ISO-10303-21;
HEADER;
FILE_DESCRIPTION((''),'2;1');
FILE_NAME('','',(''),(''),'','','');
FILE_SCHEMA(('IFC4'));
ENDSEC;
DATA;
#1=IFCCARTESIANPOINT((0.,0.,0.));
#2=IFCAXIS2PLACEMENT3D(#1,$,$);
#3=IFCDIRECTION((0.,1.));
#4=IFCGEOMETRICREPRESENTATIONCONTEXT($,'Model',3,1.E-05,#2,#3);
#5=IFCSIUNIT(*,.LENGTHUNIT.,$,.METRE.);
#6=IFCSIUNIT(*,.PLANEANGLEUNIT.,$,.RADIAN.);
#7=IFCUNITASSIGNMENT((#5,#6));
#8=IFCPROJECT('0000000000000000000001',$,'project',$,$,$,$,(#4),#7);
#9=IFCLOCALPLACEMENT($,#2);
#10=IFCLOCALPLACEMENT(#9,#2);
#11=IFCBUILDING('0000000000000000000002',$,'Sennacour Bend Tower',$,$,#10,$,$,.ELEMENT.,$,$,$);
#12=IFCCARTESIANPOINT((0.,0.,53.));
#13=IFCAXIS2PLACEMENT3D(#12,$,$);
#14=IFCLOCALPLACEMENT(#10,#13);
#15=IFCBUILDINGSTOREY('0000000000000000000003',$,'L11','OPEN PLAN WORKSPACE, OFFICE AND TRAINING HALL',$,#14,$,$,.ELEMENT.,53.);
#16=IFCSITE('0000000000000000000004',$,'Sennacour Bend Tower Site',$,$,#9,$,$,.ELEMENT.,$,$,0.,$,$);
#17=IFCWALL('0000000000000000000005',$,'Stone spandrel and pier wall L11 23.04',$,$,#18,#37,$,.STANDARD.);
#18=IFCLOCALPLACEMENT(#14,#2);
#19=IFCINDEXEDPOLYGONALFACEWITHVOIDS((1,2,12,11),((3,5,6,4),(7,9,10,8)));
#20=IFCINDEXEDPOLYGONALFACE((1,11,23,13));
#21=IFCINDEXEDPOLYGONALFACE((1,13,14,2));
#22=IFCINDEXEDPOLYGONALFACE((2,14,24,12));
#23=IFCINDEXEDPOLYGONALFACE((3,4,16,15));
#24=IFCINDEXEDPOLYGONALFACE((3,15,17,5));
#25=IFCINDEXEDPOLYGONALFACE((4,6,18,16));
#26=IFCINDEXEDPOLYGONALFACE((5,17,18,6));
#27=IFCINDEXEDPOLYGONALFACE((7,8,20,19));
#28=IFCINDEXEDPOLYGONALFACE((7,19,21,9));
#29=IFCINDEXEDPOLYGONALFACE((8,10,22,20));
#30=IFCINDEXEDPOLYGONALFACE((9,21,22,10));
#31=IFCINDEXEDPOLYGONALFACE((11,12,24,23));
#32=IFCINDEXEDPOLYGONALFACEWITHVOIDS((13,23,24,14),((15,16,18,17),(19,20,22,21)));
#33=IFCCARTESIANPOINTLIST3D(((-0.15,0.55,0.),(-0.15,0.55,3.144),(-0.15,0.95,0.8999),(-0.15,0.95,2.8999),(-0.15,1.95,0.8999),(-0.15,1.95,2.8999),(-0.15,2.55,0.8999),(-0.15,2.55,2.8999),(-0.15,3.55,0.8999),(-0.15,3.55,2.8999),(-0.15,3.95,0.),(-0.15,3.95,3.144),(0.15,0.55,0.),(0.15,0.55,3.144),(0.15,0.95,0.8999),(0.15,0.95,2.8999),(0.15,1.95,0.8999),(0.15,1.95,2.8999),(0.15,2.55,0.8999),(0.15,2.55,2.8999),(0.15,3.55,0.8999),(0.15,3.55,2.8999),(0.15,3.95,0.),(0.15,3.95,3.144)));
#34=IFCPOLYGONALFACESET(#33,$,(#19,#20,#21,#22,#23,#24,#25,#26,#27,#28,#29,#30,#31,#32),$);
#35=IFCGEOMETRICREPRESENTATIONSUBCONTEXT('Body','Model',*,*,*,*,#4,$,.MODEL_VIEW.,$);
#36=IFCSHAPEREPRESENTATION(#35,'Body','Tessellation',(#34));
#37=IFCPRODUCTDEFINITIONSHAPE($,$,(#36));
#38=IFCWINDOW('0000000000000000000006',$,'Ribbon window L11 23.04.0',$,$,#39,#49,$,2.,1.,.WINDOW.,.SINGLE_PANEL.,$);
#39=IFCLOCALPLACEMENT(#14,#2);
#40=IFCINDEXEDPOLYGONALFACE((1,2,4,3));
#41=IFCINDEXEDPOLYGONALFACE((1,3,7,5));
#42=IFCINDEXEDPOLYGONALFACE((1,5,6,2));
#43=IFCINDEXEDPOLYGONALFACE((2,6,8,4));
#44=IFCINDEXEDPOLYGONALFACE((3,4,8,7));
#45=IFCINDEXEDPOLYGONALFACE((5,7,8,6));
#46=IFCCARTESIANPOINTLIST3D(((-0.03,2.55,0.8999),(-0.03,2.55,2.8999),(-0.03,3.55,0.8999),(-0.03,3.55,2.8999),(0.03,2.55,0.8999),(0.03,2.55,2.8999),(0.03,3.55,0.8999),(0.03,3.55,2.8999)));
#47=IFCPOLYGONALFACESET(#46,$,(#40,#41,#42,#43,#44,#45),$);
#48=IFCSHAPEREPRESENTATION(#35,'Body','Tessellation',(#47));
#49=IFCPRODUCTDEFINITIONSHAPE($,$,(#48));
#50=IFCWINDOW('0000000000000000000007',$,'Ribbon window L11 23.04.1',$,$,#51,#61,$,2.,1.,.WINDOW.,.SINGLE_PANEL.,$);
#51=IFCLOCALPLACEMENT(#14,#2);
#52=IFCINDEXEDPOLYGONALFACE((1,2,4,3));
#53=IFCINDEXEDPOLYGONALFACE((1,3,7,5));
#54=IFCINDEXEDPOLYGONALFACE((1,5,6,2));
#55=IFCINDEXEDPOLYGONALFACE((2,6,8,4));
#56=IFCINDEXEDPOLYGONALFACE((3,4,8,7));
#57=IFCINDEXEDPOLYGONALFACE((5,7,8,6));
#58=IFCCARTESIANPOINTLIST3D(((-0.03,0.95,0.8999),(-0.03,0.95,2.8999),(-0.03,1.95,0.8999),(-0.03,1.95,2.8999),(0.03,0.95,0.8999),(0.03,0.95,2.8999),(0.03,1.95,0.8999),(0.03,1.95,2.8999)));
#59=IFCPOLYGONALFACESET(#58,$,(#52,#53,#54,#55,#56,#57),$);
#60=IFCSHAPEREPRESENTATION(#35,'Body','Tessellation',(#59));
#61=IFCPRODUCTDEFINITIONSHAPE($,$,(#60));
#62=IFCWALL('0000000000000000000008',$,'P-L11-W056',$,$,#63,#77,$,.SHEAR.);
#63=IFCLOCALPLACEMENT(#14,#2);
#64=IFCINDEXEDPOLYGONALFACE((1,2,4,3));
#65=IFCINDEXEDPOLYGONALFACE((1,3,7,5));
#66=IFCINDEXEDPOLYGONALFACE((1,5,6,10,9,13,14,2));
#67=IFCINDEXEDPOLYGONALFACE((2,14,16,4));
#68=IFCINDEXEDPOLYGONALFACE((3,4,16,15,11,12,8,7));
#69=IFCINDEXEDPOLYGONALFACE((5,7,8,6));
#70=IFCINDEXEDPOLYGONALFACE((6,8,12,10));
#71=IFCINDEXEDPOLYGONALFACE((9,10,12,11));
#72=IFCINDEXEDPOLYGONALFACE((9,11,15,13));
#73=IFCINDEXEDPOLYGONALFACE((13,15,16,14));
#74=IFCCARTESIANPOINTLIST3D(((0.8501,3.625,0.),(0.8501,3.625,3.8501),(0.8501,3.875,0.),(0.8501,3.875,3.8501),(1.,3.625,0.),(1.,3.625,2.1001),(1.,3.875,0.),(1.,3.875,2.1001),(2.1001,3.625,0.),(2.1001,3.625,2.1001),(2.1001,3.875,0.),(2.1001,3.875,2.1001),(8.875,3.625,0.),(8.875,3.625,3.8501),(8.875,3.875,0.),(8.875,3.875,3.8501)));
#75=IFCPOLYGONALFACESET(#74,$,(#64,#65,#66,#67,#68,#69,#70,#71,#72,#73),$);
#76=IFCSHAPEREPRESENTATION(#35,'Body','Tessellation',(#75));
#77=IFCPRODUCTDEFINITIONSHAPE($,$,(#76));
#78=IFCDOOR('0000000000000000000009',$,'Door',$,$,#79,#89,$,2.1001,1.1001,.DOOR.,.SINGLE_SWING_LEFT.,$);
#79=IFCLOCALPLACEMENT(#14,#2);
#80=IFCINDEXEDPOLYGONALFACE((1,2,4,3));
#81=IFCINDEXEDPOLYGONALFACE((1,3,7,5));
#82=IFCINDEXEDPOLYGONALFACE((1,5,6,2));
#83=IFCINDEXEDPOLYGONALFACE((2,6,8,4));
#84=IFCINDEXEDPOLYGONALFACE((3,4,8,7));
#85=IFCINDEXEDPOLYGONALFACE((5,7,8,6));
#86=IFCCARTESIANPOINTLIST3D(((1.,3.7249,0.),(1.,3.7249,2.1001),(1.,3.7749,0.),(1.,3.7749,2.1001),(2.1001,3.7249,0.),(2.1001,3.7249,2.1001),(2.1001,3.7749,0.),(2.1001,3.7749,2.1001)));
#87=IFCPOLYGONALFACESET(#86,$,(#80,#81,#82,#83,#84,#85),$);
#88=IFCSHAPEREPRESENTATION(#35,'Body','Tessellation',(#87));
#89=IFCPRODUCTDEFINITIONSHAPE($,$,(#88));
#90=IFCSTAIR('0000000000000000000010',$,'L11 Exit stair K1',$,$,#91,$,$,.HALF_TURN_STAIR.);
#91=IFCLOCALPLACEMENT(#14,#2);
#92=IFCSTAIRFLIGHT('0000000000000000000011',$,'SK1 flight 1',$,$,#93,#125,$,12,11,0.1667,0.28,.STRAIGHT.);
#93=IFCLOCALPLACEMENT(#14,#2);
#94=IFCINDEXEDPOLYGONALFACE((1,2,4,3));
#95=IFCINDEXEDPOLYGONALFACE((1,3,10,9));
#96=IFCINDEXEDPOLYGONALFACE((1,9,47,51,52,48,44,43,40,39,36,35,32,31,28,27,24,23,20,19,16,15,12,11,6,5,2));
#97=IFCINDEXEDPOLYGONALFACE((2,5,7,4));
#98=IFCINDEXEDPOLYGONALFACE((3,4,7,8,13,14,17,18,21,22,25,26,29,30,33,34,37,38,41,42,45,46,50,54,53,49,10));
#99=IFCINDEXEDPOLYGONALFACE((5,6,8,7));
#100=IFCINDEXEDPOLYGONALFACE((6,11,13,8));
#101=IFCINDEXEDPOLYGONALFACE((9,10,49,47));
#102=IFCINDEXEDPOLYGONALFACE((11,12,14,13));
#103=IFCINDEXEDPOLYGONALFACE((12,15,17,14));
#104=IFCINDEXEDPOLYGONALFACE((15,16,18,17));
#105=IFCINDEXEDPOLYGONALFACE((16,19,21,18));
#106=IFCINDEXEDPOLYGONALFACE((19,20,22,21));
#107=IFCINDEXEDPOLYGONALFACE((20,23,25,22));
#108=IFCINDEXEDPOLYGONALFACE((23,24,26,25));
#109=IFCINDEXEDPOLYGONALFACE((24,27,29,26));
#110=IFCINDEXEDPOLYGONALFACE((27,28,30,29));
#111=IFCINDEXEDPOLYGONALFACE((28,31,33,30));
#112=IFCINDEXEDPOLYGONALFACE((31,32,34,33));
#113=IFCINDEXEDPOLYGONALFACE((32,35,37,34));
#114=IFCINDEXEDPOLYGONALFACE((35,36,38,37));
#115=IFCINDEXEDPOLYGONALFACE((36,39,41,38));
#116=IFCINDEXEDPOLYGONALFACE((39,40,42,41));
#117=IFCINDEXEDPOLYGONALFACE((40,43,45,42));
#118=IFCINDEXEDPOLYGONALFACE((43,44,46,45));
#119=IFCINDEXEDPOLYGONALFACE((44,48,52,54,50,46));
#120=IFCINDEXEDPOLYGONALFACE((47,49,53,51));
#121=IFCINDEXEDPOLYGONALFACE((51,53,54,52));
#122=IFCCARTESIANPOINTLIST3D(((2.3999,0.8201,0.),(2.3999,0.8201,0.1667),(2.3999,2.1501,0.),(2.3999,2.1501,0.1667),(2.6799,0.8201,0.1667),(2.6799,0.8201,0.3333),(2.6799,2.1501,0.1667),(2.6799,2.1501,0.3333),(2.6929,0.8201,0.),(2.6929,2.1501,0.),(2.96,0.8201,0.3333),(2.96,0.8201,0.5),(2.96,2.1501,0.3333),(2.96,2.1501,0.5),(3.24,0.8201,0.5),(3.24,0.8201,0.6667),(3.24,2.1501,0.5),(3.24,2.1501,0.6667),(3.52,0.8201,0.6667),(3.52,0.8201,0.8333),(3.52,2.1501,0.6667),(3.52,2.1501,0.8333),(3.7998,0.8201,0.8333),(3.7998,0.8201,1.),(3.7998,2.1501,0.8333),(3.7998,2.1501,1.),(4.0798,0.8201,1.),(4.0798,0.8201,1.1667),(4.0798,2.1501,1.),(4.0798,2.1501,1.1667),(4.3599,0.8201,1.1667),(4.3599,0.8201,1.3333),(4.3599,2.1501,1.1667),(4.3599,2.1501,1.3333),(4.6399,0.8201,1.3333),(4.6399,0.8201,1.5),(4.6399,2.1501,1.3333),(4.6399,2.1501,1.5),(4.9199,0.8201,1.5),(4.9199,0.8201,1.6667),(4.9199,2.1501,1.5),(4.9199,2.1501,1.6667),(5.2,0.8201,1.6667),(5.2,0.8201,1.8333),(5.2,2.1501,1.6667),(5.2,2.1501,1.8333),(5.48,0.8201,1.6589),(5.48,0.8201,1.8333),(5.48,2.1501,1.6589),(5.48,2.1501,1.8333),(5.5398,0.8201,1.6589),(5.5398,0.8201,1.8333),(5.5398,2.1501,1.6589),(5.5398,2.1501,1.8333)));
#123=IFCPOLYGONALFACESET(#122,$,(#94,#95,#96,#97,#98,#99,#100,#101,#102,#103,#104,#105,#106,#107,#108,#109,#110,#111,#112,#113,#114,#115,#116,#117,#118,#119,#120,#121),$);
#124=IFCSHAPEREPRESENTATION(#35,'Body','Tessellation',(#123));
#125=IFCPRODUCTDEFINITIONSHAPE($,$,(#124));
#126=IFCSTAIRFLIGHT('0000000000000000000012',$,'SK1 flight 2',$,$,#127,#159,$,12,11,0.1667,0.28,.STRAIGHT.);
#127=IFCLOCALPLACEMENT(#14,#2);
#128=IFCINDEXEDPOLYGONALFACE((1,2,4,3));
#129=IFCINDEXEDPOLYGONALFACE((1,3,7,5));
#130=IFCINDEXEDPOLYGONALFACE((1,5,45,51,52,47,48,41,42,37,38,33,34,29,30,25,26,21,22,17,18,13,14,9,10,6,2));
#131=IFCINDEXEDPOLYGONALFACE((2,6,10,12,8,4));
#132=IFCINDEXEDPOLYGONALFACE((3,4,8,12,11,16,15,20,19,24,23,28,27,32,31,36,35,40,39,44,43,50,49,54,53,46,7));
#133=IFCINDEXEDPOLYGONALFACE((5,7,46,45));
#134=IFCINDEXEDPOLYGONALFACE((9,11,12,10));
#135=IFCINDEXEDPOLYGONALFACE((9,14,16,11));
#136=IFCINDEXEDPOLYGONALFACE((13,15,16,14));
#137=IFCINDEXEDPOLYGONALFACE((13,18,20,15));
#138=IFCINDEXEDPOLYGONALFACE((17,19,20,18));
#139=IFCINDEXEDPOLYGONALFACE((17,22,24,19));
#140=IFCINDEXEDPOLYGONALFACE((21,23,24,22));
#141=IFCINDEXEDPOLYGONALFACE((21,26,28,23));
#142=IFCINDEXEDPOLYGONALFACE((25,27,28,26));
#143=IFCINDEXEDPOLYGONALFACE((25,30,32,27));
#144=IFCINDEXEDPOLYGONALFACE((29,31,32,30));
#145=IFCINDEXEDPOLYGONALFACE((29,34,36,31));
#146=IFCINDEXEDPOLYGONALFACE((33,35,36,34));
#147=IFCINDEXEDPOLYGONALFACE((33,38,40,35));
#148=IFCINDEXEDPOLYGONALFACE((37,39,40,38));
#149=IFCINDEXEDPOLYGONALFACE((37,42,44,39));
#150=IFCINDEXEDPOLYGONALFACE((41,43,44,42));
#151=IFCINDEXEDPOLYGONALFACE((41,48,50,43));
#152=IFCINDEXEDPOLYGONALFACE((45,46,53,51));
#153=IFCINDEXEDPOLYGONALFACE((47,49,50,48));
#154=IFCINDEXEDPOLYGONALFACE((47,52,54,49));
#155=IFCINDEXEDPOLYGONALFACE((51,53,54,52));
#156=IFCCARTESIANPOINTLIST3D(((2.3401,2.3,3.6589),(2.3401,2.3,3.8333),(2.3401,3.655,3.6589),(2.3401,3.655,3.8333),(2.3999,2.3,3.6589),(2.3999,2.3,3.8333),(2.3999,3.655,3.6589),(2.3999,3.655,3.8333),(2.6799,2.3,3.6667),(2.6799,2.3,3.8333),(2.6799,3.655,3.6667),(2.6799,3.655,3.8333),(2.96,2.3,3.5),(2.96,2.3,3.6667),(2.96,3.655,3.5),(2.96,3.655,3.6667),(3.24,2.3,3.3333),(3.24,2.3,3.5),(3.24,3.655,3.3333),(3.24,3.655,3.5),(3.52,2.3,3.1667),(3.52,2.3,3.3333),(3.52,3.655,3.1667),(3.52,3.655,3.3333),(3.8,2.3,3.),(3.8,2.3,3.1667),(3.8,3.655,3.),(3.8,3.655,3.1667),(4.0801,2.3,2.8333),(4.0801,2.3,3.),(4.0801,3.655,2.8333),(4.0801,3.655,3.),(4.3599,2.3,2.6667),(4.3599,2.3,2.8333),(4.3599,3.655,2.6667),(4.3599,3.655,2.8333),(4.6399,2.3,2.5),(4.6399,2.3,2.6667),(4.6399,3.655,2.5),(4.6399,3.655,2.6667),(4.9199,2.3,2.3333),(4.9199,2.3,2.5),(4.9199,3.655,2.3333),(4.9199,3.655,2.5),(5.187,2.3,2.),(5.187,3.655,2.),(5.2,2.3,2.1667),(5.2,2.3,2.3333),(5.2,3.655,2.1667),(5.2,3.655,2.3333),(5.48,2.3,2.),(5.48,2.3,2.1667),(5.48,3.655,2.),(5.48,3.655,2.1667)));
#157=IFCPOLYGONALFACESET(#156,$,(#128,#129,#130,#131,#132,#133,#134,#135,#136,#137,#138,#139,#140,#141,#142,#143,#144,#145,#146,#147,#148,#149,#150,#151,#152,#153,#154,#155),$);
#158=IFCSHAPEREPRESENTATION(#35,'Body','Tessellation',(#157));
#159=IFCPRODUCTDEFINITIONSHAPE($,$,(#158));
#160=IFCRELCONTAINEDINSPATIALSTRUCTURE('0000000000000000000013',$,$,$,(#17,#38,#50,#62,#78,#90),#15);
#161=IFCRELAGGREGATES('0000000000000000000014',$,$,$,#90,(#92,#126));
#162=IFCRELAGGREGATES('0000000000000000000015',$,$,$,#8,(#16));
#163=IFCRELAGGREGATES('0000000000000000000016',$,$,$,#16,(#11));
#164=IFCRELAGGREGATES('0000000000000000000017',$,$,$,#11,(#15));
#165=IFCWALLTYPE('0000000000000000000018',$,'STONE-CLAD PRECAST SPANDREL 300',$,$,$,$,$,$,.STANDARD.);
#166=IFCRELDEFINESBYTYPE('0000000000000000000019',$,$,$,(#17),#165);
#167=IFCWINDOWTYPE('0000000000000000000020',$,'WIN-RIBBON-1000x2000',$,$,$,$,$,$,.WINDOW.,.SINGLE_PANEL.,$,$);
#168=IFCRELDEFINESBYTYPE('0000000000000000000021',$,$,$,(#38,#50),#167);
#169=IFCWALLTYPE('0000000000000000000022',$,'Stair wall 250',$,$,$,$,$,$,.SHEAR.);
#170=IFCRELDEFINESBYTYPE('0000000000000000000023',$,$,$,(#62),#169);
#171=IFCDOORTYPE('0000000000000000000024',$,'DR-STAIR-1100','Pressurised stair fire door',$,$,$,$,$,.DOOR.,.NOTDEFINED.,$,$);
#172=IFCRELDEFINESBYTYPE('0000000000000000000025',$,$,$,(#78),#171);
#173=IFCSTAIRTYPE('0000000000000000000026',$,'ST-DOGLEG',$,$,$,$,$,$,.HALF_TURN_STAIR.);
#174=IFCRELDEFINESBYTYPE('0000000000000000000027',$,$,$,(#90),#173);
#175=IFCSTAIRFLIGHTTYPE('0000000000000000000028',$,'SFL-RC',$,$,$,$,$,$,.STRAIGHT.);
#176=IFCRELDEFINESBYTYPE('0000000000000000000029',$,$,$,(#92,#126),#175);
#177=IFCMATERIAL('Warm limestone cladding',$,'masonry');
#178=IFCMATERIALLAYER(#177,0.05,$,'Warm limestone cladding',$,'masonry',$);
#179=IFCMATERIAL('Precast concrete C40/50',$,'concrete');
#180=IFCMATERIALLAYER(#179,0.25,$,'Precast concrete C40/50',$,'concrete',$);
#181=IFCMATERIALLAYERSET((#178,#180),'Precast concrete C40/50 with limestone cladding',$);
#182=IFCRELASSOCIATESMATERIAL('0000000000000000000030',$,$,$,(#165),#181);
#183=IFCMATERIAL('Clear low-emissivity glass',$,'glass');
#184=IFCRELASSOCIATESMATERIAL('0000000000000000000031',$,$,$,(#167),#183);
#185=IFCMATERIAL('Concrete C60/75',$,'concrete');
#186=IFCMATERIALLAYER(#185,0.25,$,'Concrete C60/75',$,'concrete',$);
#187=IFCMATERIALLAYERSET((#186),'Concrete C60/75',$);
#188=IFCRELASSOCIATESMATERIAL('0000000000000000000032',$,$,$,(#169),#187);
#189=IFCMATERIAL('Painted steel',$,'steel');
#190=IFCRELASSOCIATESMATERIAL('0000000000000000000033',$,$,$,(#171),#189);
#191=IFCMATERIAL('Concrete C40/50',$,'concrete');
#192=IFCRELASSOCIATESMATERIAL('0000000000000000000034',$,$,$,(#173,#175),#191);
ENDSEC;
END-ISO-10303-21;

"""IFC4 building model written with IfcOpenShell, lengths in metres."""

from ifc_helpers import new_model, si_unit, direction, frame, frame_2d, origin, place, context, subcontext, project, spatial, polyline, rectangle, outline, extrude, material, layer, layer_set, type_object, element, fill, aggregate, save


model = new_model("IFC4")

# Units and contexts
model_context = context("Model", 3, precision=1e-05, world=origin(), true_north=direction((0.0, 1.0)))
body_context = subcontext(model_context, "Body", "Model", "MODEL_VIEW")
ifc_project = project(units=[si_unit("LENGTHUNIT", "METRE"), si_unit("PLANEANGLEUNIT", "RADIAN")], contexts=[model_context])

# Site, building, storey
site_placement = place(None, origin())
site = spatial("IfcSite", under=ifc_project, at=site_placement, Name="Sennacour Bend Tower Site", CompositionType="ELEMENT", RefElevation=0.0)
building_placement = place(site_placement, origin())
building = spatial("IfcBuilding", under=site, at=building_placement, Name="Sennacour Bend Tower", CompositionType="ELEMENT")
storey_placement = place(building_placement, frame((0.0, 0.0, 53.0)))
storey = spatial("IfcBuildingStorey", under=building, at=storey_placement, Name="L11", Description="OPEN PLAN WORKSPACE, OFFICE AND TRAINING HALL", CompositionType="ELEMENT", Elevation=53.0)

# Shared definitions
ifc_material_1 = material(Name="Painted steel", Category="steel")

# Wall, openings, windows
ifc_material_2 = material(Name="Warm limestone cladding", Category="masonry")
ifc_layer_1 = layer(ifc_material_2, 0.05, Name="Warm limestone cladding", Category="masonry")
ifc_material_3 = material(Name="Precast concrete C40/50", Category="concrete")
ifc_layer_2 = layer(ifc_material_3, 0.25, Name="Precast concrete C40/50", Category="concrete")
ifc_layer_set_1 = layer_set([ifc_layer_1, ifc_layer_2], Name="Precast concrete C40/50 with limestone cladding")
wall_type_1 = type_object("IfcWallType", Name="STONE-CLAD PRECAST SPANDREL 300", PredefinedType="STANDARD", material=ifc_layer_set_1)
wall_1_placement = place(storey_placement, frame((0.0, 3.95, 0.0), z_axis=(0.0, 0.0, 1.0), x_axis=(0.0, -1.0, 0.0)))
wall_1 = element("IfcWall", 1, at=wall_1_placement, inside=storey, type_object=wall_type_1, Name="Stone spandrel and pier wall L11 23.04", PredefinedType="STANDARD", context=body_context, shape_type="SweptSolid", body=[
    extrude(rectangle(XDim=3.3999, YDim=0.3, at=frame_2d((1.7, 0.0))), origin(), (0.0, 0.0, 1.0), 3.144),
])
opening_1_placement = place(wall_1_placement, frame((0.3999, 0.0, 0.8999)))
opening_1 = element("IfcOpeningElement", 2, at=opening_1_placement, cuts=wall_1, PredefinedType="OPENING", context=body_context, shape_type="SweptSolid", body=[
    extrude(rectangle(XDim=1.0, YDim=2.0, at=frame_2d((0.5, 1.0))), frame((0.0, 0.1602, 0.0), z_axis=(0.0, -1.0, 0.0), x_axis=(1.0, 0.0, 0.0)), (0.0, 0.0, 1.0), 0.3201),
])
opening_2_placement = place(wall_1_placement, frame((2.0, 0.0, 0.8999)))
opening_2 = element("IfcOpeningElement", 3, at=opening_2_placement, cuts=wall_1, PredefinedType="OPENING", context=body_context, shape_type="SweptSolid", body=[
    extrude(rectangle(XDim=1.0, YDim=2.0, at=frame_2d((0.5, 1.0))), frame((0.0, 0.1602, 0.0), z_axis=(0.0, -1.0, 0.0), x_axis=(1.0, 0.0, 0.0)), (0.0, 0.0, 1.0), 0.3201),
])
ifc_material_4 = material(Name="Clear low-emissivity glass", Category="glass")
window_type = type_object("IfcWindowType", Name="WIN-RIBBON-1000x2000", PartitioningType="SINGLE_PANEL", PredefinedType="WINDOW", material=ifc_material_4)
window_1_placement = place(opening_1_placement, origin())
window_1 = element("IfcWindow", 4, at=window_1_placement, inside=storey, type_object=window_type, Name="Ribbon window L11 23.04.0", OverallHeight=2.0, OverallWidth=1.0, PartitioningType="SINGLE_PANEL", PredefinedType="WINDOW", context=body_context, shape_type="SweptSolid", body=[
    extrude(rectangle(XDim=1.0, YDim=2.0, at=frame_2d((0.5, 1.0))), frame((0.0, 0.03, 0.0), z_axis=(0.0, -1.0, 0.0), x_axis=(1.0, 0.0, 0.0)), (0.0, 0.0, 1.0), 0.0601),
])
fill(opening_1, window_1)
window_2_placement = place(opening_2_placement, origin())
window_2 = element("IfcWindow", 5, at=window_2_placement, inside=storey, type_object=window_type, Name="Ribbon window L11 23.04.1", OverallHeight=2.0, OverallWidth=1.0, PartitioningType="SINGLE_PANEL", PredefinedType="WINDOW", context=body_context, shape_type="SweptSolid", body=[
    extrude(rectangle(XDim=1.0, YDim=2.0, at=frame_2d((0.5, 1.0))), frame((0.0, 0.03, 0.0), z_axis=(0.0, -1.0, 0.0), x_axis=(1.0, 0.0, 0.0)), (0.0, 0.0, 1.0), 0.0601),
])
fill(opening_2, window_2)

# Wall, opening, door
ifc_material_5 = material(Name="Concrete C60/75", Category="concrete")
ifc_layer_3 = layer(ifc_material_5, 0.25, Name="Concrete C60/75", Category="concrete")
ifc_layer_set_2 = layer_set([ifc_layer_3], Name="Concrete C60/75")
wall_type_2 = type_object("IfcWallType", Name="Stair wall 250", PredefinedType="SHEAR", material=ifc_layer_set_2)
wall_2_placement = place(storey_placement, frame((0.8501, 3.75, 0.0), z_axis=(0.0, 0.0, 1.0), x_axis=(1.0, 0.0, 0.0)))
wall_2 = element("IfcWall", 6, at=wall_2_placement, inside=storey, type_object=wall_type_2, Name="P-L11-W056", PredefinedType="SHEAR", context=body_context, shape_type="SweptSolid", body=[
    extrude(rectangle(XDim=8.0249, YDim=0.25, at=frame_2d((4.0125, 0.0))), origin(), (0.0, 0.0, 1.0), 3.8501),
])
opening_3_placement = place(wall_2_placement, frame((0.1499, 0.0, 0.0)))
opening_3 = element("IfcOpeningElement", 7, at=opening_3_placement, cuts=wall_2, PredefinedType="OPENING", context=body_context, shape_type="SweptSolid", body=[
    extrude(rectangle(XDim=1.1001, YDim=2.1001, at=frame_2d((0.55, 1.05))), frame((0.0, 0.135, 0.0), z_axis=(0.0, -1.0, 0.0), x_axis=(1.0, 0.0, 0.0)), (0.0, 0.0, 1.0), 0.27),
])
door_type_1 = type_object("IfcDoorType", Name="DR-STAIR-1100", Description="Pressurised stair fire door", OperationType="NOTDEFINED", PredefinedType="DOOR", material=ifc_material_1)
door_1_placement = place(opening_3_placement, origin())
door_1 = element("IfcDoor", 8, at=door_1_placement, inside=storey, type_object=door_type_1, Name="Door", OperationType="SINGLE_SWING_LEFT", OverallHeight=2.1001, OverallWidth=1.1001, PredefinedType="DOOR", context=body_context, shape_type="SweptSolid", body=[
    extrude(rectangle(XDim=1.1001, YDim=2.1001, at=frame_2d((0.55, 1.05))), frame((0.0, 0.0249, 0.0), z_axis=(0.0, -1.0, 0.0), x_axis=(1.0, 0.0, 0.0)), (0.0, 0.0, 1.0), 0.05),
])
fill(opening_3, door_1)

# Stair, stair flights
ifc_material_6 = material(Name="Concrete C40/50", Category="concrete")
stair_type = type_object("IfcStairType", Name="ST-DOGLEG", PredefinedType="HALF_TURN_STAIR", material=ifc_material_6)
stair_placement = place(storey_placement, origin())
stair = element("IfcStair", 9, at=stair_placement, inside=storey, type_object=stair_type, Name="L11 Exit stair K1", PredefinedType="HALF_TURN_STAIR")
stair_flight_type = type_object("IfcStairFlightType", Name="SFL-RC", PredefinedType="STRAIGHT", material=ifc_material_6)
stair_flight_1_placement = place(storey_placement, frame((2.3999, 1.4851, 0.0), z_axis=(0.0, 0.0, 1.0), x_axis=(1.0, 0.0, 0.0)))
stair_flight_1 = element("IfcStairFlight", 10, at=stair_flight_1_placement, type_object=stair_flight_type, Name="SK1 flight 1", NumberOfRisers=12, NumberOfTreads=11, PredefinedType="STRAIGHT", RiserHeight=0.1667, TreadLength=0.28, context=body_context, shape_type="SweptSolid", body=[
    extrude(outline(polyline([(0.0, 0.0), (0.0, 0.1667), (0.28, 0.1667), (0.28, 0.3333), (0.5601, 0.3333), (0.5601, 0.5), (0.8401, 0.5), (0.8401, 0.6667), (1.1201, 0.6667), (1.1201, 0.8333), (1.3999, 0.8333), (1.3999, 1.0), (1.6799, 1.0), (1.6799, 1.1667), (1.96, 1.1667), (1.96, 1.3333), (2.24, 1.3333), (2.24, 1.5), (2.52, 1.5), (2.52, 1.6667), (2.8, 1.6667), (2.8, 1.8333), (3.0801, 1.8333), (3.1399, 1.8333), (3.1399, 1.6589), (3.0801, 1.6589), (0.293, 0.0), (0.0, 0.0)])), frame((0.0, 0.665, 0.0), z_axis=(0.0, -1.0, 0.0), x_axis=(1.0, 0.0, 0.0)), (0.0, 0.0, 1.0), 1.3301),
])
stair_flight_2_placement = place(storey_placement, frame((5.48, 2.9775, 2.0), z_axis=(0.0, 0.0, 1.0), x_axis=(-1.0, 0.0, 0.0)))
stair_flight_2 = element("IfcStairFlight", 11, at=stair_flight_2_placement, type_object=stair_flight_type, Name="SK1 flight 2", NumberOfRisers=12, NumberOfTreads=11, PredefinedType="STRAIGHT", RiserHeight=0.1667, TreadLength=0.28, context=body_context, shape_type="SweptSolid", body=[
    extrude(outline(polyline([(0.0, 0.0), (0.0, 0.1667), (0.28, 0.1667), (0.28, 0.3333), (0.5601, 0.3333), (0.5601, 0.5), (0.8401, 0.5), (0.8401, 0.6667), (1.1201, 0.6667), (1.1201, 0.8333), (1.3999, 0.8333), (1.3999, 1.0), (1.6799, 1.0), (1.6799, 1.1667), (1.96, 1.1667), (1.96, 1.3333), (2.24, 1.3333), (2.24, 1.5), (2.52, 1.5), (2.52, 1.6667), (2.8, 1.6667), (2.8, 1.8333), (3.0801, 1.8333), (3.1399, 1.8333), (3.1399, 1.6589), (3.0801, 1.6589), (0.293, 0.0), (0.0, 0.0)])), frame((0.0, 0.6775, 0.0), z_axis=(0.0, -1.0, 0.0), x_axis=(1.0, 0.0, 0.0)), (0.0, 0.0, 1.0), 1.355),
])
aggregate(stair, [stair_flight_1, stair_flight_2])

save(model, "model.ifc")
